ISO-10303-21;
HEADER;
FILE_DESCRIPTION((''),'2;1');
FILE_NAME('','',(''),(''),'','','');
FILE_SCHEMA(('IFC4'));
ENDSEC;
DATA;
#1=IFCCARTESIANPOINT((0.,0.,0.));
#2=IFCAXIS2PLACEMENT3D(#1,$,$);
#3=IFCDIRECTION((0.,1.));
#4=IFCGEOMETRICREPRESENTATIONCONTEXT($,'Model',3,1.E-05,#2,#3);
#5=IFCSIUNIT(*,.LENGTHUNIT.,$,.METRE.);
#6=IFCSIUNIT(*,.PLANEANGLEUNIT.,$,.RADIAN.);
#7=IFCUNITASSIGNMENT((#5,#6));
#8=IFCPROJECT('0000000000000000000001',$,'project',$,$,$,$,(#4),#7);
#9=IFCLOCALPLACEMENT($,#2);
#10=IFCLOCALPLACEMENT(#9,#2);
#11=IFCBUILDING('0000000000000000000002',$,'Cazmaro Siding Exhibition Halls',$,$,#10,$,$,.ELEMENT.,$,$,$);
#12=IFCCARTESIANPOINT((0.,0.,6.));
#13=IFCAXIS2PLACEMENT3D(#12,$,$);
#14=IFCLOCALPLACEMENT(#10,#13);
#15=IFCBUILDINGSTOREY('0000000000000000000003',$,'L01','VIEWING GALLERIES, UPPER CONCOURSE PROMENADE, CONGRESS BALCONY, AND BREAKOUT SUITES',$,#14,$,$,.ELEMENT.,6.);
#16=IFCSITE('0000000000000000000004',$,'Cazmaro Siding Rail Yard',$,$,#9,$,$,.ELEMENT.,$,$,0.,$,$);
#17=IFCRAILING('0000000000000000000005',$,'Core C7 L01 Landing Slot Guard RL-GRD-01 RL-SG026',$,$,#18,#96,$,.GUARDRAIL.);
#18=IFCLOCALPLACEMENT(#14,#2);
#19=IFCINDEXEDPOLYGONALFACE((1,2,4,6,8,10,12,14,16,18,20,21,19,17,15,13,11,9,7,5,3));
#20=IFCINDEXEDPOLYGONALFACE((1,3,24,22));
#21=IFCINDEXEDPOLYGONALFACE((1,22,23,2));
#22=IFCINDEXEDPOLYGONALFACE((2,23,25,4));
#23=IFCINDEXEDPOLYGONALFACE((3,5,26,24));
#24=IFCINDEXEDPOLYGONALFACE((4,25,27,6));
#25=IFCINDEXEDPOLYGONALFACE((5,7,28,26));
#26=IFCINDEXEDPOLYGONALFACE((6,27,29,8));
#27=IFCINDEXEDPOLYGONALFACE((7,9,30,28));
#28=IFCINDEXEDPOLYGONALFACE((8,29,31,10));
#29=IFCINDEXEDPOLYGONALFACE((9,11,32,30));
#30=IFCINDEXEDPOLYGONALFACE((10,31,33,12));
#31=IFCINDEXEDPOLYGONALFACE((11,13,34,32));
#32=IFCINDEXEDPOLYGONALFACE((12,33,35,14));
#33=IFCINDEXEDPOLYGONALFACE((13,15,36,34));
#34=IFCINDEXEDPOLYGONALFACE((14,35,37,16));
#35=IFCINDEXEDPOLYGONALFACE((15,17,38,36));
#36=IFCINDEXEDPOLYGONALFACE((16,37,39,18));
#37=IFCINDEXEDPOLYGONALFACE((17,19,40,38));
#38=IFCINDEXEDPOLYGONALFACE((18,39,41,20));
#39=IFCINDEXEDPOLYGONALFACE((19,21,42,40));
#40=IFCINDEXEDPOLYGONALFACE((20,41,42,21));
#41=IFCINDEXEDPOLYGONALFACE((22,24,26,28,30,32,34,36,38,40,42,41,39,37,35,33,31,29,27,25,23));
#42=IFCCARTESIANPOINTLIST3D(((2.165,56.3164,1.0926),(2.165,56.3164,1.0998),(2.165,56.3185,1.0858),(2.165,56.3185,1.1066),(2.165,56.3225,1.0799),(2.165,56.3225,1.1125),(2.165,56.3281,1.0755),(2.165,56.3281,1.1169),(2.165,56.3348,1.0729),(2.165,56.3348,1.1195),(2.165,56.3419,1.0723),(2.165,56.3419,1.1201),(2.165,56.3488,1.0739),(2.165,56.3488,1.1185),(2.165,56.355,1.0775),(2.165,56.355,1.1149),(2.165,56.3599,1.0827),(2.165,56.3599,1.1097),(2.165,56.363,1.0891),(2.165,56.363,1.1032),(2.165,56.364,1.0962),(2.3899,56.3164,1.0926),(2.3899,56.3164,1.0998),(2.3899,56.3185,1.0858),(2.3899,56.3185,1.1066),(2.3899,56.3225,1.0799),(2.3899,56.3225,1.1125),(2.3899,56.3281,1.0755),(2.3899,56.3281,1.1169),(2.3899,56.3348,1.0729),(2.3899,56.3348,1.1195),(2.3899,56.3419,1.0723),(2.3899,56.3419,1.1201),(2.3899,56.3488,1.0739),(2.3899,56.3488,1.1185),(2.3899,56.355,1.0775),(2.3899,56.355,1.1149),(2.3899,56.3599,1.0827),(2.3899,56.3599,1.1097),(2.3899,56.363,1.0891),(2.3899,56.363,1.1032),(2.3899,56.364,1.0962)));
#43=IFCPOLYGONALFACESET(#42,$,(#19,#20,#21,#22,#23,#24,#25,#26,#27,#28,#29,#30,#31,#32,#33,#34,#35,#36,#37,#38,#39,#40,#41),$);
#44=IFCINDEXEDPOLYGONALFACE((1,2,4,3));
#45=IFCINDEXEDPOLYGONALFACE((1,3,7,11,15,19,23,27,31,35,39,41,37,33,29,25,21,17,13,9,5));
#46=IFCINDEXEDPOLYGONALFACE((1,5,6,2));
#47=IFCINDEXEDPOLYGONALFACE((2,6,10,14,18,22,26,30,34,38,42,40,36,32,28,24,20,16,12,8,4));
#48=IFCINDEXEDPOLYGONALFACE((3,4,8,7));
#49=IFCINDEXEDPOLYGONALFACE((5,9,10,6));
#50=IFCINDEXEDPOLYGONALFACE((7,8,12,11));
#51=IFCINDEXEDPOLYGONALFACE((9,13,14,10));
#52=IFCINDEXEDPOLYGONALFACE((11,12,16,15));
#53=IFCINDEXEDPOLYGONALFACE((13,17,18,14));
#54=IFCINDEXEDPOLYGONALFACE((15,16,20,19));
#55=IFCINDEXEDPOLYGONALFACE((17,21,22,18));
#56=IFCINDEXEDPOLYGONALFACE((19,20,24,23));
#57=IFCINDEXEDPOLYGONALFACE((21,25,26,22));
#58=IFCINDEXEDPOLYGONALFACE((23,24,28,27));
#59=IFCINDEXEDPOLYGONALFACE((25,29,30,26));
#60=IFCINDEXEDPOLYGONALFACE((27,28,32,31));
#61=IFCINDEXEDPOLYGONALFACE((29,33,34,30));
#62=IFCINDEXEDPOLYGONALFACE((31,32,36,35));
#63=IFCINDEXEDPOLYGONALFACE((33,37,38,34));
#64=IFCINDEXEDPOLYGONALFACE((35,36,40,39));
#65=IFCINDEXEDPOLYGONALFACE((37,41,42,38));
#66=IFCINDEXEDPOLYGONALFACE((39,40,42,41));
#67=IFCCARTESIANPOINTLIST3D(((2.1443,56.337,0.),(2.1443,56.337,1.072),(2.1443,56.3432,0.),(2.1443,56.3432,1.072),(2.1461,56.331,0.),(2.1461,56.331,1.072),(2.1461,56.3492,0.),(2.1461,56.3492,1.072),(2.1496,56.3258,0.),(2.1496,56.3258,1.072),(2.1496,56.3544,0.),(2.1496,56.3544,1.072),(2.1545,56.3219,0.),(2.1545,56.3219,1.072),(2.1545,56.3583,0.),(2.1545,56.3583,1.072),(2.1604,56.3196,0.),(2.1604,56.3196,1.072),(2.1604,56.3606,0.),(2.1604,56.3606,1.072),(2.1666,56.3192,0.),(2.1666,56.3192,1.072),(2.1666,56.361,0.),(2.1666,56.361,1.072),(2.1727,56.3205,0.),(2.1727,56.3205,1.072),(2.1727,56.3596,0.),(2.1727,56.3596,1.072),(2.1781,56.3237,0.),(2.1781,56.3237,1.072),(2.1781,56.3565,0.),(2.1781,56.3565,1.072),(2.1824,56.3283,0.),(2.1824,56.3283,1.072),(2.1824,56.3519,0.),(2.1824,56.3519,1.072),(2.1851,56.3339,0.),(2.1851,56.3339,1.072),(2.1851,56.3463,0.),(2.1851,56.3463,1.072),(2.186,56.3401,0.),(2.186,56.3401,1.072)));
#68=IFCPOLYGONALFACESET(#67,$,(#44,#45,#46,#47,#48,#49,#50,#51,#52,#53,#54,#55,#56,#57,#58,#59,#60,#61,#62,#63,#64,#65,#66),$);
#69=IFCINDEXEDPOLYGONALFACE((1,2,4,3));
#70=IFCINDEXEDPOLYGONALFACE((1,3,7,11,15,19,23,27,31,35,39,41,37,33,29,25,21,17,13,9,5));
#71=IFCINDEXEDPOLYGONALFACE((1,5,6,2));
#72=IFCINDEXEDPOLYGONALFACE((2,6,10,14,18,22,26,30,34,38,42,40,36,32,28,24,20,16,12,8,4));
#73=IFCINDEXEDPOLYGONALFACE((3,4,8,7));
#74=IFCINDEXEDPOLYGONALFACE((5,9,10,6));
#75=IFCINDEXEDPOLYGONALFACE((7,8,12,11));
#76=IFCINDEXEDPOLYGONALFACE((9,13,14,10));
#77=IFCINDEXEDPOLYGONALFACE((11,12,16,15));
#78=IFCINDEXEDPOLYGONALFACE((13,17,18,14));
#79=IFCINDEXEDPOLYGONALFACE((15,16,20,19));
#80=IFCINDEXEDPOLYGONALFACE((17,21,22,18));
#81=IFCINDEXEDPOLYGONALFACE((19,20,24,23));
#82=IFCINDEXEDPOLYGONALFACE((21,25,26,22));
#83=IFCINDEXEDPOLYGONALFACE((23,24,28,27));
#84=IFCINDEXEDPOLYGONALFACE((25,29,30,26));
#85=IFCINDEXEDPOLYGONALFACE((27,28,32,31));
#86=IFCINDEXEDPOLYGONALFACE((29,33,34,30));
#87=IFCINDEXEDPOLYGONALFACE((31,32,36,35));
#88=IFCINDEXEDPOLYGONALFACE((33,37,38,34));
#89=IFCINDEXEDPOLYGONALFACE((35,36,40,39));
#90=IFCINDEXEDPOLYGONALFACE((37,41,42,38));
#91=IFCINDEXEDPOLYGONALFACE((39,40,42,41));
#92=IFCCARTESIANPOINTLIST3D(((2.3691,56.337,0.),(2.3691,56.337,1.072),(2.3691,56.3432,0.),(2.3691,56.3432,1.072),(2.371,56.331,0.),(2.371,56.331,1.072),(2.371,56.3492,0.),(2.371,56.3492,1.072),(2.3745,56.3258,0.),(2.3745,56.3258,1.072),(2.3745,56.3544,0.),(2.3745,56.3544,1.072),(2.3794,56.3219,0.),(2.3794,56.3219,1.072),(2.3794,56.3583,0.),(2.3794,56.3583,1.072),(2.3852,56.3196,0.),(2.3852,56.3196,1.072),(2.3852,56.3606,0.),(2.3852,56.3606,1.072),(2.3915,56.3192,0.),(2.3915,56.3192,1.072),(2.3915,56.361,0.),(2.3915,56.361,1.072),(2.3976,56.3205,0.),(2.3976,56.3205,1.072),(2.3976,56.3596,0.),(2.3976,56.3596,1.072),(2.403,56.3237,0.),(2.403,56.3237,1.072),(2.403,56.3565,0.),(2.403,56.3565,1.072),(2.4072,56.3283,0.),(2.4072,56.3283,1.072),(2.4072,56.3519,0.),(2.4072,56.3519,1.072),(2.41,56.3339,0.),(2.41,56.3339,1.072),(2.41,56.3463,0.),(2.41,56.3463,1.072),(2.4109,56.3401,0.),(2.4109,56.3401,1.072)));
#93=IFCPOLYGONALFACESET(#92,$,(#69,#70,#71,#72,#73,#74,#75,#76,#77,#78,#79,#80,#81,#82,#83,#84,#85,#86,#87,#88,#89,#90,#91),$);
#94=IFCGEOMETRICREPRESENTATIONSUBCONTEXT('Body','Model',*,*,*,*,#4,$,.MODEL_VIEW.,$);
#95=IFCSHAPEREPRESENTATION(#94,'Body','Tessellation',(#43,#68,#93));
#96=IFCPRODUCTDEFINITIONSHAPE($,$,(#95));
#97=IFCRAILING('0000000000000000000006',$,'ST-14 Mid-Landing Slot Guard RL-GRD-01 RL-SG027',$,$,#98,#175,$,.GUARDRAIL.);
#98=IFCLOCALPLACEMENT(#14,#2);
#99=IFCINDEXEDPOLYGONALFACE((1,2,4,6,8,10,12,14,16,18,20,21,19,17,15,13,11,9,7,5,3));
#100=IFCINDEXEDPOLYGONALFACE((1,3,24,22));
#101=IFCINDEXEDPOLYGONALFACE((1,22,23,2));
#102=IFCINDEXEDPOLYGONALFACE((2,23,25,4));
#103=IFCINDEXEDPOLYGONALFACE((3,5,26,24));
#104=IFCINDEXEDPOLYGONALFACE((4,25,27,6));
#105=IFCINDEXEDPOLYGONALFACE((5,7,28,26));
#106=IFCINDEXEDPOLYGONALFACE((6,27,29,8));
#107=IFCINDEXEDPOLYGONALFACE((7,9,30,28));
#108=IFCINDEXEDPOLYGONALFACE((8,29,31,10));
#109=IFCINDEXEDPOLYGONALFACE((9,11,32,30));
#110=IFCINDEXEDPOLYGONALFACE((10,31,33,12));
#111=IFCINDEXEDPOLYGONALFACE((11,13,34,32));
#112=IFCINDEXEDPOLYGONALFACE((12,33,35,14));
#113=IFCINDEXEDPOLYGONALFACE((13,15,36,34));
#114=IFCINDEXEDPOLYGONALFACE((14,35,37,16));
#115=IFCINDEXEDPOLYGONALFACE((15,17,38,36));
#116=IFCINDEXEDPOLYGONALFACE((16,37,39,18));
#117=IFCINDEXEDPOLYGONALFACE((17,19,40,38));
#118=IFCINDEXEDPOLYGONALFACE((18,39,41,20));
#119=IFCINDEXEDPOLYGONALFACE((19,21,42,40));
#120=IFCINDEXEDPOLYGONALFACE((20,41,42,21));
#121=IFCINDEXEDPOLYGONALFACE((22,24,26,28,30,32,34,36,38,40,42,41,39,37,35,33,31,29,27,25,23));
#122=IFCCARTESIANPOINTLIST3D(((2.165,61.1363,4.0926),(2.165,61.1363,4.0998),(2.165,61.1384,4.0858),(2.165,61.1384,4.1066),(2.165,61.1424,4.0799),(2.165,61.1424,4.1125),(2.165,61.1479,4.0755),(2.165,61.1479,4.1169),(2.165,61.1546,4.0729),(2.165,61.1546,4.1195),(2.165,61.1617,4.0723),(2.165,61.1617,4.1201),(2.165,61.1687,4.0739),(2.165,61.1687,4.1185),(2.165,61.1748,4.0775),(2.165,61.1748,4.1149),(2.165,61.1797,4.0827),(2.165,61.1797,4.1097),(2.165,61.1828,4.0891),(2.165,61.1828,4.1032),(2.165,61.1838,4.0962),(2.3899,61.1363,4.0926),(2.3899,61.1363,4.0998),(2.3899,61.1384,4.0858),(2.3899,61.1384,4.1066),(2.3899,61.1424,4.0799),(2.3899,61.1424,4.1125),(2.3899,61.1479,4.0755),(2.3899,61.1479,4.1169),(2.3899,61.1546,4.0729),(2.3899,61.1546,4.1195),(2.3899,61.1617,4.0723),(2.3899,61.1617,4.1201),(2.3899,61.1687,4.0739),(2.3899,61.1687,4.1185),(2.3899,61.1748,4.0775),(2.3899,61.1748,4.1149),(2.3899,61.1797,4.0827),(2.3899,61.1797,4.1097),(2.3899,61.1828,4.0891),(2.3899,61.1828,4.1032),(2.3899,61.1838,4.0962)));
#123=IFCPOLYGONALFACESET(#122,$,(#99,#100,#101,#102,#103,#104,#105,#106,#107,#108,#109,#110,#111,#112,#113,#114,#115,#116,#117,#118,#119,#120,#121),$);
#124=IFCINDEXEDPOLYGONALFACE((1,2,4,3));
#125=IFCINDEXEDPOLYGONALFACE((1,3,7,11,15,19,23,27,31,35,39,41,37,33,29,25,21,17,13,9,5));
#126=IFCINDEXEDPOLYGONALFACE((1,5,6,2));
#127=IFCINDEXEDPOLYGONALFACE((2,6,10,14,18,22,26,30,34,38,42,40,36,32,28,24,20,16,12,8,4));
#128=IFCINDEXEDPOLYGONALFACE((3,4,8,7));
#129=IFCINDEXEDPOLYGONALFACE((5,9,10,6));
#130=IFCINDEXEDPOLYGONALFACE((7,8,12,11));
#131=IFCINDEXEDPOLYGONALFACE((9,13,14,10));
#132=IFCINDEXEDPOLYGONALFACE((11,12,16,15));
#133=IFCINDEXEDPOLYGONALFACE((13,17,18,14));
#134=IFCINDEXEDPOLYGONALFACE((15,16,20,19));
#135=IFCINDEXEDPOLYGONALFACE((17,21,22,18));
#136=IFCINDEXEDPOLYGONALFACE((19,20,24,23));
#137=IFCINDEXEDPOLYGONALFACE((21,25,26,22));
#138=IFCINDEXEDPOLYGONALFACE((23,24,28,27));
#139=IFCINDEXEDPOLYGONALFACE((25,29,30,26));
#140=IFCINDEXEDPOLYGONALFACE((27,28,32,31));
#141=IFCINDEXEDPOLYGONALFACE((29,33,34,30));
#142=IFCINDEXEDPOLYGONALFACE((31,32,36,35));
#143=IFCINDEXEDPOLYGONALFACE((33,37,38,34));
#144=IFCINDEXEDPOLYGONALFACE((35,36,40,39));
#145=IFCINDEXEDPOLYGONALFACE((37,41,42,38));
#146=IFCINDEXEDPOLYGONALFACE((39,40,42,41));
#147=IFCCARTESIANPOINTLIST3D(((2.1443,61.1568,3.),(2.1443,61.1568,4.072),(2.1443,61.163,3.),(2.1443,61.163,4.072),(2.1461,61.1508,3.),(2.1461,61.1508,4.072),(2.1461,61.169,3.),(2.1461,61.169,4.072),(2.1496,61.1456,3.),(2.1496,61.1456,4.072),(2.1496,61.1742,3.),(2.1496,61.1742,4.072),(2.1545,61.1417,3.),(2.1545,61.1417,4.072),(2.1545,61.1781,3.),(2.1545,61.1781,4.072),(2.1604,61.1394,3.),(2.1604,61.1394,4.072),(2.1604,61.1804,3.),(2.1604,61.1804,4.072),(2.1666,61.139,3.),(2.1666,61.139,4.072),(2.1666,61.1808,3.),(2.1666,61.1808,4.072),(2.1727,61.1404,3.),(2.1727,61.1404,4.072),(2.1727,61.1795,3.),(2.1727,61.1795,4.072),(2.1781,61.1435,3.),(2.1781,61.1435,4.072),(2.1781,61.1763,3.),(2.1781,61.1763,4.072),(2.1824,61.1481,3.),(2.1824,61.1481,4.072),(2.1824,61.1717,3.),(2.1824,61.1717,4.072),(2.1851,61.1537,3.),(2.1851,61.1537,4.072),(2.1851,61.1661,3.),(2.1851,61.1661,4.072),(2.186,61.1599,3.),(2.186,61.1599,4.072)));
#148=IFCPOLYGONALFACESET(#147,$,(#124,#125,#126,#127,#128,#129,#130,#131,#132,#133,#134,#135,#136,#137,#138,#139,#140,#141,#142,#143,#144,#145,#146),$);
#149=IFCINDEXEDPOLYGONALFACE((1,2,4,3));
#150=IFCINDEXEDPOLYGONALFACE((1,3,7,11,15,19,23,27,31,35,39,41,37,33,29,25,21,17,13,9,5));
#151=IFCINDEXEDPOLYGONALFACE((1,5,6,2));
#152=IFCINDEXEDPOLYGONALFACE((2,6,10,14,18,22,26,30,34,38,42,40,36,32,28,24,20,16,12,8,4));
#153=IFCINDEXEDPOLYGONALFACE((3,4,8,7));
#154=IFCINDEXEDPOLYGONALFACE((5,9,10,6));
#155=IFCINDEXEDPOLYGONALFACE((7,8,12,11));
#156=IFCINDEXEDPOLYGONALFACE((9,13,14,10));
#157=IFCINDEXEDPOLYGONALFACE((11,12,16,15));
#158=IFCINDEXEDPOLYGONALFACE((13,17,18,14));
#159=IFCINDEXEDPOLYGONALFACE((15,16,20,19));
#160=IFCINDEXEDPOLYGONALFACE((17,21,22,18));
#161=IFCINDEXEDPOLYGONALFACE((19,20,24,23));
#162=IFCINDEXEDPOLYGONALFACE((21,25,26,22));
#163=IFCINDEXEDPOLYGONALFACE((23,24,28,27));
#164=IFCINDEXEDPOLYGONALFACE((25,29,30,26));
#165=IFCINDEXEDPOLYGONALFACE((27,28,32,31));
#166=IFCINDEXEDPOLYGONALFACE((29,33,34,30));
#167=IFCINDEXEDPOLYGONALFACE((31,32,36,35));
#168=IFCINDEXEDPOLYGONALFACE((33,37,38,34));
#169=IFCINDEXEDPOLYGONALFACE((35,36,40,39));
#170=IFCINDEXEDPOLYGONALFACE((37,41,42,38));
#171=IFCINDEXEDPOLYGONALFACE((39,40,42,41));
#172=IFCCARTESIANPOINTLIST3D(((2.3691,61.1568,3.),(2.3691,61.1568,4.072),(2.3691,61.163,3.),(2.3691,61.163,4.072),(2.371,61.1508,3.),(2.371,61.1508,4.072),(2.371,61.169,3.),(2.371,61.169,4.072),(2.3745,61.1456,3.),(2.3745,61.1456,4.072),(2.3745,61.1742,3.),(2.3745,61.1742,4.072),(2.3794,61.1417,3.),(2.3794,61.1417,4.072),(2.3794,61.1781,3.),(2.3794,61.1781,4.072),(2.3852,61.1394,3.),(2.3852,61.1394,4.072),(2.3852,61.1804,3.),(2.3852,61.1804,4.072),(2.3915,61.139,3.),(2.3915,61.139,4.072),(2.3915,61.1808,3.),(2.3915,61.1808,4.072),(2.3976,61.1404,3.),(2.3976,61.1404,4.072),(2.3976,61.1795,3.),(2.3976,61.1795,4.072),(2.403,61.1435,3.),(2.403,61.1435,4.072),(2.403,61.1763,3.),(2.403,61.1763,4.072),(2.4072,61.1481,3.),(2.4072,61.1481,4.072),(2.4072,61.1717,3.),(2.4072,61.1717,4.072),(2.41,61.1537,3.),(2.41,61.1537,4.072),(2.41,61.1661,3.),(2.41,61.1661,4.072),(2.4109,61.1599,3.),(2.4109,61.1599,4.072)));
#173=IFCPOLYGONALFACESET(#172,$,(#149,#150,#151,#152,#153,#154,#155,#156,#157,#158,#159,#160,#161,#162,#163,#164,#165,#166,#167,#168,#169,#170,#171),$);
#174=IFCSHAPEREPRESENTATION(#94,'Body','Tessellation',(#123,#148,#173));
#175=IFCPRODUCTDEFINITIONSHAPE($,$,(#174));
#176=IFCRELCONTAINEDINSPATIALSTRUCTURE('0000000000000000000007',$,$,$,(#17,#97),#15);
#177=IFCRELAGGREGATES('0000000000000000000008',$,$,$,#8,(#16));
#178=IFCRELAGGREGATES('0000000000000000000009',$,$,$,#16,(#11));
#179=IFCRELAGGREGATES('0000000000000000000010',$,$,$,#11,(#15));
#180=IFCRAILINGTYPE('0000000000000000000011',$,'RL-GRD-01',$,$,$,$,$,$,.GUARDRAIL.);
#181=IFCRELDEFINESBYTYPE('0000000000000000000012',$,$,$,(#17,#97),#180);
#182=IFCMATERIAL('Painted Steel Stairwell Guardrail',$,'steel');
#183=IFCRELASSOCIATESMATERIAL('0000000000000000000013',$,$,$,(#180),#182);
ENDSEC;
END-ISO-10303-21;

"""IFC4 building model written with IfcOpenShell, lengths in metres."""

from ifc_helpers import new_model, si_unit, direction, frame, origin, origin_2d, place, context, subcontext, project, spatial, circle, extrude, material, type_object, element, save


model = new_model("IFC4")

# Units and contexts
model_context = context("Model", 3, precision=1e-05, world=origin(), true_north=direction((0.0, 1.0)))
body_context = subcontext(model_context, "Body", "Model", "MODEL_VIEW")
ifc_project = project(units=[si_unit("LENGTHUNIT", "METRE"), si_unit("PLANEANGLEUNIT", "RADIAN")], contexts=[model_context])

# Site, building, storey
site_placement = place(None, origin())
site = spatial("IfcSite", under=ifc_project, at=site_placement, Name="Cazmaro Siding Rail Yard", CompositionType="ELEMENT", RefElevation=0.0)
building_placement = place(site_placement, origin())
building = spatial("IfcBuilding", under=site, at=building_placement, Name="Cazmaro Siding Exhibition Halls", CompositionType="ELEMENT")
storey_placement = place(building_placement, frame((0.0, 0.0, 6.0)))
storey = spatial("IfcBuildingStorey", under=building, at=storey_placement, Name="L01", Description="VIEWING GALLERIES, UPPER CONCOURSE PROMENADE, CONGRESS BALCONY, AND BREAKOUT SUITES", CompositionType="ELEMENT", Elevation=6.0)

# Railings
ifc_material_1 = material(Name="Painted Steel Stairwell Guardrail", Category="steel")
railing_type_1 = type_object("IfcRailingType", Name="RL-GRD-01", PredefinedType="GUARDRAIL", material=ifc_material_1)
for number, where, name in (
    (1, (2.165, 56.3401, 0.0), "Core C7 L01 Landing Slot Guard RL-GRD-01 RL-SG026"),
    (2, (2.165, 61.1599, 3.0), "ST-14 Mid-Landing Slot Guard RL-GRD-01 RL-SG027"),
):
    element("IfcRailing", number, at=place(storey_placement, frame(where)), inside=storey, type_object=railing_type_1, Name=name, PredefinedType="GUARDRAIL", context=body_context, shape_type="SweptSolid", body=[
        extrude(circle(Radius=0.0239, at=origin_2d()), frame((0.0, 0.0, 1.0962), z_axis=(1.0, 0.0, 0.0), x_axis=(0.0, 1.0, 0.0)), (0.0, 0.0, 1.0), 0.2249),
        extrude(circle(Radius=0.021, at=origin_2d()), origin(), (0.0, 0.0, 1.0), 1.072),
        extrude(circle(Radius=0.021, at=origin_2d()), frame((0.2249, 0.0, 0.0)), (0.0, 0.0, 1.0), 1.072),
    ])

save(model, "model.ifc")
